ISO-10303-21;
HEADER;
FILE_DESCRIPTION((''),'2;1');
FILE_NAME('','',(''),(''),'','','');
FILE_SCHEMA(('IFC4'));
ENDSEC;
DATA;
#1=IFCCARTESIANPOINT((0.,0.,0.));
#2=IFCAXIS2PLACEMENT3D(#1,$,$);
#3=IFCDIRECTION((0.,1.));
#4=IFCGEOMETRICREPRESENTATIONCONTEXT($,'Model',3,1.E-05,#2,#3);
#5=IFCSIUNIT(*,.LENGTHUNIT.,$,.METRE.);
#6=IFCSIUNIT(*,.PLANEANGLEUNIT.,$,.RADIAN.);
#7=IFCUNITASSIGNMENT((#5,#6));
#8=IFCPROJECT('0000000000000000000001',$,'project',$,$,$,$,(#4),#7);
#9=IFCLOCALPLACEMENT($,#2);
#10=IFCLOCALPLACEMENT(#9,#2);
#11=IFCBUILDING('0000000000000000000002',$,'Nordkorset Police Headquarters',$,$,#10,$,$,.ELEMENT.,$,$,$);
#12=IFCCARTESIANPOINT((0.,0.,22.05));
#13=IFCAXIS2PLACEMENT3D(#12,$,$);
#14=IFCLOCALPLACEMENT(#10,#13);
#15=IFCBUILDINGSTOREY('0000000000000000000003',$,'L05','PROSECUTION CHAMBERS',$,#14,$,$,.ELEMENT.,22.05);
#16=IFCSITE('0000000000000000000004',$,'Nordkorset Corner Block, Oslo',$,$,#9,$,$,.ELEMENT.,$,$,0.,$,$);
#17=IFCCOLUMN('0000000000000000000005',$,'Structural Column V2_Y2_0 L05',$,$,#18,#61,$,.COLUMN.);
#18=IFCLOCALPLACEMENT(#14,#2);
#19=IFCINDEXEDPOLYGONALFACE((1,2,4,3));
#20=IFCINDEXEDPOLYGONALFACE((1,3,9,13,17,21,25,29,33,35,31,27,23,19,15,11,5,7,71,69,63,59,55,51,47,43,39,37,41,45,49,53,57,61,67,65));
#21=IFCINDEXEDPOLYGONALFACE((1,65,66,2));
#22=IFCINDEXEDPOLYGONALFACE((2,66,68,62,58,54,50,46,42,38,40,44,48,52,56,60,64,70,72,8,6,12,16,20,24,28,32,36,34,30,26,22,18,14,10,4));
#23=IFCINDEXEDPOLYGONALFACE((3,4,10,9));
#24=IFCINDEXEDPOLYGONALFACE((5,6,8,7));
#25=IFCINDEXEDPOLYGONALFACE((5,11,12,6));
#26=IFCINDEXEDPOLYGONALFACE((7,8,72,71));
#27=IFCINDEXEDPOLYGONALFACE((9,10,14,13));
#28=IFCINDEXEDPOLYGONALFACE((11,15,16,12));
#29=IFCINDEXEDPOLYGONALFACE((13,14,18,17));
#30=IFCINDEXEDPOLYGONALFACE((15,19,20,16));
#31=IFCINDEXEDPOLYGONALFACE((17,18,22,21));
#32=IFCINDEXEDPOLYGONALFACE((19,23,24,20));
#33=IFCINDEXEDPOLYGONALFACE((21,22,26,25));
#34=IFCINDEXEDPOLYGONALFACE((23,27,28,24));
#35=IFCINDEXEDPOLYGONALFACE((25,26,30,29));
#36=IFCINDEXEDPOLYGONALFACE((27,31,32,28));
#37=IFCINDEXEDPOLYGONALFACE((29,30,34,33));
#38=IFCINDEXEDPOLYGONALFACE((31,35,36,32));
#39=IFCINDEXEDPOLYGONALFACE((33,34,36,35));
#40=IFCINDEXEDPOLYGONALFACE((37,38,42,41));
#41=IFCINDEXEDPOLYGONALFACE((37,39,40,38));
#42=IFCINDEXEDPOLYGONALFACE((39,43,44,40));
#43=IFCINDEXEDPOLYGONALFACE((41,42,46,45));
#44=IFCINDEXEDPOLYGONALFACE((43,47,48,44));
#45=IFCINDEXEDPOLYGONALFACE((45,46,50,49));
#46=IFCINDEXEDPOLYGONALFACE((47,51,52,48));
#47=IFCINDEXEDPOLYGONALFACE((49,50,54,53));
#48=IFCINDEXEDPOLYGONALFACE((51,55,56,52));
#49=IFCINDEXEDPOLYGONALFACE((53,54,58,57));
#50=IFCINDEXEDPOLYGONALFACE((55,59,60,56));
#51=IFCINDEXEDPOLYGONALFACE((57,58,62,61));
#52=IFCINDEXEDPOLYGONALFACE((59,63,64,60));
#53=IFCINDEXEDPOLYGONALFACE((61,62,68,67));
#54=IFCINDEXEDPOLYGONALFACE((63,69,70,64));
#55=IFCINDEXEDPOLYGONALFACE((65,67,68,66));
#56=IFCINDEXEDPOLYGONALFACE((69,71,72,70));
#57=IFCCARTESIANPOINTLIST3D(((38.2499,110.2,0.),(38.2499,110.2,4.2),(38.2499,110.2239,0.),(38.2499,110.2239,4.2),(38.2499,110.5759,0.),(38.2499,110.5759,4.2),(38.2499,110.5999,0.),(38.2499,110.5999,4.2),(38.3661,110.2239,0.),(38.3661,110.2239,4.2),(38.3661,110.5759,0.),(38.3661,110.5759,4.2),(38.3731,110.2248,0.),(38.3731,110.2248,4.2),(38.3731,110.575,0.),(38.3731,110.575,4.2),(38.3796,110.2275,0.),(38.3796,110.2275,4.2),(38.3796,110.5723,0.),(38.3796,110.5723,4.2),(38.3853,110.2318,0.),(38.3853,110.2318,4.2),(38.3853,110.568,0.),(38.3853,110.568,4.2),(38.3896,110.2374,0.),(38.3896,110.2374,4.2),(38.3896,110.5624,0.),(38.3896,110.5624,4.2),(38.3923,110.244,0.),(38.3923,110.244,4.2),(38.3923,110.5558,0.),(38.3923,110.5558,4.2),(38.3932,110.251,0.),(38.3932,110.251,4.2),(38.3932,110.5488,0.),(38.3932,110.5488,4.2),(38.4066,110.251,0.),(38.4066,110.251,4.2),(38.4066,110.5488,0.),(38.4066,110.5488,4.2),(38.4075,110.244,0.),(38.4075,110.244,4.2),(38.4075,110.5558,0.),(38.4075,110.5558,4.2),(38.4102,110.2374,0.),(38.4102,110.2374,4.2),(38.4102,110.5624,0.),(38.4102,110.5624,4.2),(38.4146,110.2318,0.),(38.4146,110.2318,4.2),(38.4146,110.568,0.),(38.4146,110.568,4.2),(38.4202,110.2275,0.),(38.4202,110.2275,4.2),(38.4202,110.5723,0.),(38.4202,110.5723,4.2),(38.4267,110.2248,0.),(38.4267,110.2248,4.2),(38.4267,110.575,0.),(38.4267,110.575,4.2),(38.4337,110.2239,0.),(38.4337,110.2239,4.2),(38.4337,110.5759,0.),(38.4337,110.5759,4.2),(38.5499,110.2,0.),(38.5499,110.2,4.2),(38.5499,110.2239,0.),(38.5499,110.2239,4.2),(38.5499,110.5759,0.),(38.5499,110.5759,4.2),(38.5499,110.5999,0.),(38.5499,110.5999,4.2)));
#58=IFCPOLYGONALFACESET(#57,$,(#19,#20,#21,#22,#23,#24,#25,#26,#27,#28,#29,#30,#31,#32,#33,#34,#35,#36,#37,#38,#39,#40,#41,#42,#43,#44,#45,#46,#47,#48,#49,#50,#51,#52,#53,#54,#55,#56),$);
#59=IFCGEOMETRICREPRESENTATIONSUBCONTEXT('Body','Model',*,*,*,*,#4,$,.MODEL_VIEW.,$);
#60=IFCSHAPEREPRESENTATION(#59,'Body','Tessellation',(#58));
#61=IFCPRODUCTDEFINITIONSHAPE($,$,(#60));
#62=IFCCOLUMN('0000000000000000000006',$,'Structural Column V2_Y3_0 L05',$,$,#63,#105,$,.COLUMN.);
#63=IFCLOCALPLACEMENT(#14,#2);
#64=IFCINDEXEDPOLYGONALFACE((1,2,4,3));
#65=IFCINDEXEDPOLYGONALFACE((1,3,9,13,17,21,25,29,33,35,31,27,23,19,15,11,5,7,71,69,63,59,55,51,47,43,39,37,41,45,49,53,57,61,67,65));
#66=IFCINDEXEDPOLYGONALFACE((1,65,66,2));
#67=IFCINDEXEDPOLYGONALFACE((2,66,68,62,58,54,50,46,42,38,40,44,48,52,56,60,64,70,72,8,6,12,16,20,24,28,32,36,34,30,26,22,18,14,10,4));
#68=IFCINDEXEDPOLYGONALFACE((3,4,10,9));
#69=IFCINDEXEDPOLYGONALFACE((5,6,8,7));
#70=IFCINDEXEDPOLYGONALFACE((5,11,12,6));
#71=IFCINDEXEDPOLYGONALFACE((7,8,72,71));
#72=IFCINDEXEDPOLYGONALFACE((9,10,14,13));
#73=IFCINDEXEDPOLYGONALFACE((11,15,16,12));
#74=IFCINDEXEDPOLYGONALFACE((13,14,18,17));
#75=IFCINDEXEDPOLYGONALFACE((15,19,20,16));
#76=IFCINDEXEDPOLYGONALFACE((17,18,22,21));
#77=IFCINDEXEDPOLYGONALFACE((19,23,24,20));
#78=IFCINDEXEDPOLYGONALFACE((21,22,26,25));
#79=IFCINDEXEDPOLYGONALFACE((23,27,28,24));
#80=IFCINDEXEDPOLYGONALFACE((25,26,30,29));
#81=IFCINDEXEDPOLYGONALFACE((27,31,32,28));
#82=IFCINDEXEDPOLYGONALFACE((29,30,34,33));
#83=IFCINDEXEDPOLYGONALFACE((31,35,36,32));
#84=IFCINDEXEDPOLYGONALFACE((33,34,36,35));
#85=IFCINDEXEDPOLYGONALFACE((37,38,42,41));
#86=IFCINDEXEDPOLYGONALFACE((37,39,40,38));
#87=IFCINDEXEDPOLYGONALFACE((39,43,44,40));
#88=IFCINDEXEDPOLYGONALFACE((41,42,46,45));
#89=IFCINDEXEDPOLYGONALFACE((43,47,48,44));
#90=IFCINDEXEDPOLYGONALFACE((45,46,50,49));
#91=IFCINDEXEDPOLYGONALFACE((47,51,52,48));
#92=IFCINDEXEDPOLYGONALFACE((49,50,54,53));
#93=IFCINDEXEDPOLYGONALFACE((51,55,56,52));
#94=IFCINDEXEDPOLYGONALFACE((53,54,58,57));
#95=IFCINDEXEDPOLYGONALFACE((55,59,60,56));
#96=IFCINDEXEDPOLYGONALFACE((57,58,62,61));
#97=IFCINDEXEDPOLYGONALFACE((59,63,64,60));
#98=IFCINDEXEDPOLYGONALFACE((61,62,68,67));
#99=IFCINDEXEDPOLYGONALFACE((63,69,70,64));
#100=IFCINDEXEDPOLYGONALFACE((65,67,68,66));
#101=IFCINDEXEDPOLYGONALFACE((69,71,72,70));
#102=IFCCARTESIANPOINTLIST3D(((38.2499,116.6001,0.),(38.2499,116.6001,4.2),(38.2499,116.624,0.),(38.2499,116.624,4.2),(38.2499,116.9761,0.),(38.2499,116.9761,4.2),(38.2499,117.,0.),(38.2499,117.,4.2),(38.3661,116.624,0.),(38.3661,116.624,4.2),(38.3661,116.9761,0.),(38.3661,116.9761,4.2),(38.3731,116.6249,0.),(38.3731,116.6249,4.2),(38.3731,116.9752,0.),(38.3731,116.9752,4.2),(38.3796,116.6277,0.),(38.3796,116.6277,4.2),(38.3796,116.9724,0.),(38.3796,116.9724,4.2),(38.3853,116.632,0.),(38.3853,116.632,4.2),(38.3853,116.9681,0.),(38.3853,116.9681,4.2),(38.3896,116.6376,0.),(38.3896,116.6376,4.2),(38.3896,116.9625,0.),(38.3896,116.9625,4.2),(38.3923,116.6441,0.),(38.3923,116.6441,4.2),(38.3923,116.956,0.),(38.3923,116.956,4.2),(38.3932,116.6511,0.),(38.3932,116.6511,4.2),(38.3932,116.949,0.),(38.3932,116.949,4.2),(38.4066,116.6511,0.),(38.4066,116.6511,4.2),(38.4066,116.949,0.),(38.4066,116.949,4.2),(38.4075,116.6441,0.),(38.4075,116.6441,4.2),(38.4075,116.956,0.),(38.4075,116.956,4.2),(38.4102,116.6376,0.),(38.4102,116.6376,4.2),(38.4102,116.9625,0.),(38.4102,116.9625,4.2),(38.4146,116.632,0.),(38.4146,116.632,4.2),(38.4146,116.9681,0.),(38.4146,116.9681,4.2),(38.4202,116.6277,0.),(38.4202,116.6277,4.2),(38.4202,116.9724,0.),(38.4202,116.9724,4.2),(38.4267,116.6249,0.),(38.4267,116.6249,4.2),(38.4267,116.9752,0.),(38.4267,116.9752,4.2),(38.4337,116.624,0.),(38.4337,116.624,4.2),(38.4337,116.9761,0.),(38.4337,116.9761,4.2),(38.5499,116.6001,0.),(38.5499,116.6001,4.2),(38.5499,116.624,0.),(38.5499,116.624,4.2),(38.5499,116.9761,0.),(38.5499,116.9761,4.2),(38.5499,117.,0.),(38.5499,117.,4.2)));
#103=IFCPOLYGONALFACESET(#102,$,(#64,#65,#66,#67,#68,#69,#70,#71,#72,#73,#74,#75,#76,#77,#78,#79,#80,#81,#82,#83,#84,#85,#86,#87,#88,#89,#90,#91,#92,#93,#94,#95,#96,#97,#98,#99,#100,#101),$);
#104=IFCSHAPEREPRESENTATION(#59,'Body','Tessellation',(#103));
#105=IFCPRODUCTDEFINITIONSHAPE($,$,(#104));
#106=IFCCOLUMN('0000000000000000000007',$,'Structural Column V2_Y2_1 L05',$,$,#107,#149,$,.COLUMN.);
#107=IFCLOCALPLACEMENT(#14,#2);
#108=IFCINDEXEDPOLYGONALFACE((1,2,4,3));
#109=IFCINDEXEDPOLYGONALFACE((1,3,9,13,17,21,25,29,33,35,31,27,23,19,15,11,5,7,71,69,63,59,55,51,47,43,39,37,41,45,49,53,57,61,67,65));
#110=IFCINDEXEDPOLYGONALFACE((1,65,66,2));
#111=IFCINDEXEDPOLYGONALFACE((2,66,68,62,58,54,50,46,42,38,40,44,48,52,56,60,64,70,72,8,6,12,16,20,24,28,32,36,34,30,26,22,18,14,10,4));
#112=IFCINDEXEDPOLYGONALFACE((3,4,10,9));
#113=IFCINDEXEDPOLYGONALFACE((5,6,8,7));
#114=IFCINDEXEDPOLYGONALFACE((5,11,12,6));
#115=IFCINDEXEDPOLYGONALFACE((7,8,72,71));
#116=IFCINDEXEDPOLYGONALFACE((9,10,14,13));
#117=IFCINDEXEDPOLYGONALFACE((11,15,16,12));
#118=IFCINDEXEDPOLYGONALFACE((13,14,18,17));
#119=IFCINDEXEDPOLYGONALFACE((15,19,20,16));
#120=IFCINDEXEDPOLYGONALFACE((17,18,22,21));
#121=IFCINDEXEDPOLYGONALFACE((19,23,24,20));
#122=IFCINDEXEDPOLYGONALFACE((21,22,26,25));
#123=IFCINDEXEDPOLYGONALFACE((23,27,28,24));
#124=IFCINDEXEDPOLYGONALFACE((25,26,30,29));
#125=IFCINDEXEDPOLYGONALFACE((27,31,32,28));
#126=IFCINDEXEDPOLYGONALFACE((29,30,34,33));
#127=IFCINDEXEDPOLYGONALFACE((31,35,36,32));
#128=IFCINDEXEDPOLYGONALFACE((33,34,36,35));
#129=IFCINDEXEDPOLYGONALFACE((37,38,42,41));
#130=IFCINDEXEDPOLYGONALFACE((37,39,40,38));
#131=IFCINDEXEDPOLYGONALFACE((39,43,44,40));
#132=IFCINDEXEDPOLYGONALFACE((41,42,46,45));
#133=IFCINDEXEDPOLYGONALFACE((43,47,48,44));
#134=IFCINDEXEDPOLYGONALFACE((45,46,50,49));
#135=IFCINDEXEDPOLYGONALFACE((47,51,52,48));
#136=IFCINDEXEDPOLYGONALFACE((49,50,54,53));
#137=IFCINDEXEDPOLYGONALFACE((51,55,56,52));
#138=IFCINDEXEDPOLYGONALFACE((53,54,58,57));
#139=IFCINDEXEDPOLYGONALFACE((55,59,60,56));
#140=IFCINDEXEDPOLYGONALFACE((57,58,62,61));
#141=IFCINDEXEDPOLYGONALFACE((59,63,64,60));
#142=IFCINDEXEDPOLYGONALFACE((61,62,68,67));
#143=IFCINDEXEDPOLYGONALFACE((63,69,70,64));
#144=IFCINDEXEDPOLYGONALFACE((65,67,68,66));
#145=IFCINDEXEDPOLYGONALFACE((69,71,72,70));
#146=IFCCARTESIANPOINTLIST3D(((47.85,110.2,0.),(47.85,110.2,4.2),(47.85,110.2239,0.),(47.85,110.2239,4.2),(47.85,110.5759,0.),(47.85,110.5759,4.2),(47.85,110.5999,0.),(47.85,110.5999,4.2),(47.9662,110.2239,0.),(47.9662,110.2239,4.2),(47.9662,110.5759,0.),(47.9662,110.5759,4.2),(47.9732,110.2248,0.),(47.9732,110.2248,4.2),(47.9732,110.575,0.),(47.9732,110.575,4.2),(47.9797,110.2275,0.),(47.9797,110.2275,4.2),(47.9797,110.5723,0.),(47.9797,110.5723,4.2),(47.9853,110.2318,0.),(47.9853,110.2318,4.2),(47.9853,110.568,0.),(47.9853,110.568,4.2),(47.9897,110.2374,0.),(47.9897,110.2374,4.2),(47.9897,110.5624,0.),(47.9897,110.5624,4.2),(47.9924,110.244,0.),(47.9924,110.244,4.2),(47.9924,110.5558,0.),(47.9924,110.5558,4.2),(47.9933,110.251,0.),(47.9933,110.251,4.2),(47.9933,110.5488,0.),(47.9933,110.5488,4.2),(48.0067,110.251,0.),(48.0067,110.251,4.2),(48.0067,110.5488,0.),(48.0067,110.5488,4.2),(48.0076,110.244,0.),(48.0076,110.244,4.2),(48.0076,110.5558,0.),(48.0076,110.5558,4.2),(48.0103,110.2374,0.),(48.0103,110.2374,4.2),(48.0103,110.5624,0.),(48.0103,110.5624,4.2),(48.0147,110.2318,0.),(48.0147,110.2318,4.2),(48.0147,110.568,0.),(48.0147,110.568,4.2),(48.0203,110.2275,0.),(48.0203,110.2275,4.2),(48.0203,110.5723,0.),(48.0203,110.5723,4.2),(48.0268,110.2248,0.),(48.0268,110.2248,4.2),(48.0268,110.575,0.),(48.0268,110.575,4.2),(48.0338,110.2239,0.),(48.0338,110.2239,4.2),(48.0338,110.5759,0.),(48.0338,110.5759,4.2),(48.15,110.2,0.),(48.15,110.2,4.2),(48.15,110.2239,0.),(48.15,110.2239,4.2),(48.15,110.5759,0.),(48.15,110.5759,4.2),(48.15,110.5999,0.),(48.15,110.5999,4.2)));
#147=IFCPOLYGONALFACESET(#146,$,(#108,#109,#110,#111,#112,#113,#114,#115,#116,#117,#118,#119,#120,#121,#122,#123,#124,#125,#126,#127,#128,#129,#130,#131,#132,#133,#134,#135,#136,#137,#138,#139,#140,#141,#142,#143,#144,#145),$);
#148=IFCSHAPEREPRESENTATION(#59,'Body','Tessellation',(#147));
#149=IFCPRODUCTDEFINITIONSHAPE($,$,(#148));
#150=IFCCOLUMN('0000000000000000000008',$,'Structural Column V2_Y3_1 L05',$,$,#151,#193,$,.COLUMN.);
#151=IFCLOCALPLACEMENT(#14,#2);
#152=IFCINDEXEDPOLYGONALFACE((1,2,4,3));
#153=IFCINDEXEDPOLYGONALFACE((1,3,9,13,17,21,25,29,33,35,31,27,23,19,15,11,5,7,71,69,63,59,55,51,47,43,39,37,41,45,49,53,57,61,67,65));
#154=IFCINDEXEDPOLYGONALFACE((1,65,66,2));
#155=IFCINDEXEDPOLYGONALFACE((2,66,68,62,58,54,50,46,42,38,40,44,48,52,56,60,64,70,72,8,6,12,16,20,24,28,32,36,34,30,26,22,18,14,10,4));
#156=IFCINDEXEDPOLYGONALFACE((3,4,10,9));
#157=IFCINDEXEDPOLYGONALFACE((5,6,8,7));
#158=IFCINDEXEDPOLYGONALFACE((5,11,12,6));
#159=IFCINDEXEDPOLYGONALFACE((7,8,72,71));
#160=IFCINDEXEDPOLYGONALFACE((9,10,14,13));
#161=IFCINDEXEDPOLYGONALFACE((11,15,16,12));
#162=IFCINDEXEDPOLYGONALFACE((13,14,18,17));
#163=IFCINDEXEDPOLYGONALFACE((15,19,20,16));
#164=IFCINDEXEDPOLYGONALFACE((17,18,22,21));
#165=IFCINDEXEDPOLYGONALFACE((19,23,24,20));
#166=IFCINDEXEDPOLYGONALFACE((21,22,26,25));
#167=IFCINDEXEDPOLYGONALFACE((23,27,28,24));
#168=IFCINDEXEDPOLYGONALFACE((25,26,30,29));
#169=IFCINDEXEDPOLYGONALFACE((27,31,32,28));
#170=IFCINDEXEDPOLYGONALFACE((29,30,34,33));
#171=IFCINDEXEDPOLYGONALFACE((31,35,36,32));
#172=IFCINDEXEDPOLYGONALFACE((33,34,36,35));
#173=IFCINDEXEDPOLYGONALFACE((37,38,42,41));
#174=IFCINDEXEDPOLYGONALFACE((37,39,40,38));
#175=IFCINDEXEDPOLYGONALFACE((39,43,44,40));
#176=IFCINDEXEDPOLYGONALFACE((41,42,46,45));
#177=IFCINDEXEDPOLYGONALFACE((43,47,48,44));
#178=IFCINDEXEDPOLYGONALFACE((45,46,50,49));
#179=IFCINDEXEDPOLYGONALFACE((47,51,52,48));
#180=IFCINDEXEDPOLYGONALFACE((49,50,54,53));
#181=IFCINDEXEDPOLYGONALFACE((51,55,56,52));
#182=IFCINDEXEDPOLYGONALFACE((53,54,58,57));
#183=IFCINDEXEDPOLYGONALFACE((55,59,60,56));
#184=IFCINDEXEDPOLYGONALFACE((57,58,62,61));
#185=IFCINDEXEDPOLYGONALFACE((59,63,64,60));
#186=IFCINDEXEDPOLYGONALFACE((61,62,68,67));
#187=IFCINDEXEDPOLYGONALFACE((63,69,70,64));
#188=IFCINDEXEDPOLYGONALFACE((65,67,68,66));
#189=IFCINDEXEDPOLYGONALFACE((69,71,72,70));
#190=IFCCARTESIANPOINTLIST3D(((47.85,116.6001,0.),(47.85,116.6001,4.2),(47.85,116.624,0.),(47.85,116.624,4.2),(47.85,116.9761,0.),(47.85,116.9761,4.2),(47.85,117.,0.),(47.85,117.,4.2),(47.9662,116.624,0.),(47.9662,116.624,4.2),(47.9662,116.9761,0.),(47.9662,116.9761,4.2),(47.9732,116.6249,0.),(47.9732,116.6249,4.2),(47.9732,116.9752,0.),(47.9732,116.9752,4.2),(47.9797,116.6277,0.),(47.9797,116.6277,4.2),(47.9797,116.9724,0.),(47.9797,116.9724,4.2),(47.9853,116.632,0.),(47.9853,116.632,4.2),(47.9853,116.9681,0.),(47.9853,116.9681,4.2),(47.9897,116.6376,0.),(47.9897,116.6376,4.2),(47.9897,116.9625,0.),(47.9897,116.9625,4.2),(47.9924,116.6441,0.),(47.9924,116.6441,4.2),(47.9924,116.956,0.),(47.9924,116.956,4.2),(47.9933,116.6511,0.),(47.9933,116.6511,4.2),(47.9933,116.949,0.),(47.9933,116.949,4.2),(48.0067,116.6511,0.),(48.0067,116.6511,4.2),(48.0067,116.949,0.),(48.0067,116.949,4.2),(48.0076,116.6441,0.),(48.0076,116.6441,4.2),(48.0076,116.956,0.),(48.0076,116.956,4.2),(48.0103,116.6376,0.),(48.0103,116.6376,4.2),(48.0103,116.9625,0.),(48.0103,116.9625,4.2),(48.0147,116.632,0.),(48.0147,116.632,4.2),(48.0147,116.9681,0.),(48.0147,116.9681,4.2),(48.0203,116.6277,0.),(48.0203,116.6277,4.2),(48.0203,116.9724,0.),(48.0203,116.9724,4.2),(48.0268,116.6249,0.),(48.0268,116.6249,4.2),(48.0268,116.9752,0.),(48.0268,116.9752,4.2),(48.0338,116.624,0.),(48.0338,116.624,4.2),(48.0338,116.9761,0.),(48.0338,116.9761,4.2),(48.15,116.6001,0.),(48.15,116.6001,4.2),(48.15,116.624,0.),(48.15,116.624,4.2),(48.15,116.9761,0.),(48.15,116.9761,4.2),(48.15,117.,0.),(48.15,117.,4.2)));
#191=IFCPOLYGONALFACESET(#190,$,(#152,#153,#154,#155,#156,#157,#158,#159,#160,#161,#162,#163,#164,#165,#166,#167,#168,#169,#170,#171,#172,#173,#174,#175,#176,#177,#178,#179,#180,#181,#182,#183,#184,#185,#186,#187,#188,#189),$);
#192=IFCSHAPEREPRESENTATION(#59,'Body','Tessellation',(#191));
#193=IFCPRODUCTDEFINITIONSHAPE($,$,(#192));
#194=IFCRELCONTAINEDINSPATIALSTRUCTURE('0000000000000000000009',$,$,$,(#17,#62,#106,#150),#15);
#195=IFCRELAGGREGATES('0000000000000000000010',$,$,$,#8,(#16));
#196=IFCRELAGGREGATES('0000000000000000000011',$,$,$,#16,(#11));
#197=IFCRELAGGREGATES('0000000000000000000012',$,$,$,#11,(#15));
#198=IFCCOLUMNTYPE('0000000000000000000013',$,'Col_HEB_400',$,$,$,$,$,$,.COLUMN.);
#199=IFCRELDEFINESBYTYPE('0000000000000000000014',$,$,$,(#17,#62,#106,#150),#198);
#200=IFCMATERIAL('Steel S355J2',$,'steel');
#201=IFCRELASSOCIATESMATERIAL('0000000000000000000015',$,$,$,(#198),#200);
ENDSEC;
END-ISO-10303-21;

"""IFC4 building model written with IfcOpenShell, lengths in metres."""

from ifc_helpers import new_model, si_unit, direction, frame, origin, origin_2d, place, context, subcontext, project, spatial, i_section, extrude, material, material_profile, profile_set, type_object, element, save


model = new_model("IFC4")

# Units and contexts
model_context = context("Model", 3, precision=1e-05, world=origin(), true_north=direction((0.0, 1.0)))
body_context = subcontext(model_context, "Body", "Model", "MODEL_VIEW")
ifc_project = project(units=[si_unit("LENGTHUNIT", "METRE"), si_unit("PLANEANGLEUNIT", "RADIAN")], contexts=[model_context])

# Site, building, storey
site_placement = place(None, origin())
site = spatial("IfcSite", under=ifc_project, at=site_placement, Name="Nordkorset Corner Block, Oslo", CompositionType="ELEMENT", RefElevation=0.0)
building_placement = place(site_placement, origin())
building = spatial("IfcBuilding", under=site, at=building_placement, Name="Nordkorset Police Headquarters", CompositionType="ELEMENT")
storey_placement = place(building_placement, frame((0.0, 0.0, 22.05)))
storey = spatial("IfcBuildingStorey", under=building, at=storey_placement, Name="L05", Description="PROSECUTION CHAMBERS", CompositionType="ELEMENT", Elevation=22.05)

# Columns
ifc_material_1 = material(Name="Steel S355J2", Category="steel")
ifc_material_profile_1 = material_profile(ifc_material_1, i_section(OverallWidth=0.3, OverallDepth=0.3999, WebThickness=0.0134, FlangeThickness=0.0239, FilletRadius=0.0271, at=origin_2d()), Name="HEB 400")
ifc_profile_set_1 = profile_set([ifc_material_profile_1], Name="Steel S355J2")
column_type = type_object("IfcColumnType", Name="Col_HEB_400", PredefinedType="COLUMN", material=ifc_profile_set_1)
for number, where, z_axis, x_axis, name in (
    (1, (38.3999, 110.3999, 0.0), (0.0, 0.0, 1.0), (1.0, 0.0, 0.0), "Structural Column V2_Y2_0 L05"),
    (2, (38.3999, 116.8, 0.0), (0.0, 0.0, 1.0), (1.0, 0.0, 0.0), "Structural Column V2_Y3_0 L05"),
    (3, (48.0, 110.3999, 0.0), (0.0, 0.0, 1.0), (1.0, 0.0, 0.0), "Structural Column V2_Y2_1 L05"),
    (4, (48.0, 116.8, 0.0), (0.0, 0.0, 1.0), (1.0, 0.0, 0.0), "Structural Column V2_Y3_1 L05"),
):
    element("IfcColumn", number, at=place(storey_placement, frame(where, z_axis=z_axis, x_axis=x_axis)), inside=storey, type_object=column_type, Name=name, PredefinedType="COLUMN", context=body_context, shape_type="SweptSolid", body=[
        extrude(i_section(OverallWidth=0.3, OverallDepth=0.3999, WebThickness=0.0134, FlangeThickness=0.0239, FilletRadius=0.0271, at=origin_2d()), origin(), (0.0, 0.0, 1.0), 4.2),
    ])

save(model, "model.ifc")
